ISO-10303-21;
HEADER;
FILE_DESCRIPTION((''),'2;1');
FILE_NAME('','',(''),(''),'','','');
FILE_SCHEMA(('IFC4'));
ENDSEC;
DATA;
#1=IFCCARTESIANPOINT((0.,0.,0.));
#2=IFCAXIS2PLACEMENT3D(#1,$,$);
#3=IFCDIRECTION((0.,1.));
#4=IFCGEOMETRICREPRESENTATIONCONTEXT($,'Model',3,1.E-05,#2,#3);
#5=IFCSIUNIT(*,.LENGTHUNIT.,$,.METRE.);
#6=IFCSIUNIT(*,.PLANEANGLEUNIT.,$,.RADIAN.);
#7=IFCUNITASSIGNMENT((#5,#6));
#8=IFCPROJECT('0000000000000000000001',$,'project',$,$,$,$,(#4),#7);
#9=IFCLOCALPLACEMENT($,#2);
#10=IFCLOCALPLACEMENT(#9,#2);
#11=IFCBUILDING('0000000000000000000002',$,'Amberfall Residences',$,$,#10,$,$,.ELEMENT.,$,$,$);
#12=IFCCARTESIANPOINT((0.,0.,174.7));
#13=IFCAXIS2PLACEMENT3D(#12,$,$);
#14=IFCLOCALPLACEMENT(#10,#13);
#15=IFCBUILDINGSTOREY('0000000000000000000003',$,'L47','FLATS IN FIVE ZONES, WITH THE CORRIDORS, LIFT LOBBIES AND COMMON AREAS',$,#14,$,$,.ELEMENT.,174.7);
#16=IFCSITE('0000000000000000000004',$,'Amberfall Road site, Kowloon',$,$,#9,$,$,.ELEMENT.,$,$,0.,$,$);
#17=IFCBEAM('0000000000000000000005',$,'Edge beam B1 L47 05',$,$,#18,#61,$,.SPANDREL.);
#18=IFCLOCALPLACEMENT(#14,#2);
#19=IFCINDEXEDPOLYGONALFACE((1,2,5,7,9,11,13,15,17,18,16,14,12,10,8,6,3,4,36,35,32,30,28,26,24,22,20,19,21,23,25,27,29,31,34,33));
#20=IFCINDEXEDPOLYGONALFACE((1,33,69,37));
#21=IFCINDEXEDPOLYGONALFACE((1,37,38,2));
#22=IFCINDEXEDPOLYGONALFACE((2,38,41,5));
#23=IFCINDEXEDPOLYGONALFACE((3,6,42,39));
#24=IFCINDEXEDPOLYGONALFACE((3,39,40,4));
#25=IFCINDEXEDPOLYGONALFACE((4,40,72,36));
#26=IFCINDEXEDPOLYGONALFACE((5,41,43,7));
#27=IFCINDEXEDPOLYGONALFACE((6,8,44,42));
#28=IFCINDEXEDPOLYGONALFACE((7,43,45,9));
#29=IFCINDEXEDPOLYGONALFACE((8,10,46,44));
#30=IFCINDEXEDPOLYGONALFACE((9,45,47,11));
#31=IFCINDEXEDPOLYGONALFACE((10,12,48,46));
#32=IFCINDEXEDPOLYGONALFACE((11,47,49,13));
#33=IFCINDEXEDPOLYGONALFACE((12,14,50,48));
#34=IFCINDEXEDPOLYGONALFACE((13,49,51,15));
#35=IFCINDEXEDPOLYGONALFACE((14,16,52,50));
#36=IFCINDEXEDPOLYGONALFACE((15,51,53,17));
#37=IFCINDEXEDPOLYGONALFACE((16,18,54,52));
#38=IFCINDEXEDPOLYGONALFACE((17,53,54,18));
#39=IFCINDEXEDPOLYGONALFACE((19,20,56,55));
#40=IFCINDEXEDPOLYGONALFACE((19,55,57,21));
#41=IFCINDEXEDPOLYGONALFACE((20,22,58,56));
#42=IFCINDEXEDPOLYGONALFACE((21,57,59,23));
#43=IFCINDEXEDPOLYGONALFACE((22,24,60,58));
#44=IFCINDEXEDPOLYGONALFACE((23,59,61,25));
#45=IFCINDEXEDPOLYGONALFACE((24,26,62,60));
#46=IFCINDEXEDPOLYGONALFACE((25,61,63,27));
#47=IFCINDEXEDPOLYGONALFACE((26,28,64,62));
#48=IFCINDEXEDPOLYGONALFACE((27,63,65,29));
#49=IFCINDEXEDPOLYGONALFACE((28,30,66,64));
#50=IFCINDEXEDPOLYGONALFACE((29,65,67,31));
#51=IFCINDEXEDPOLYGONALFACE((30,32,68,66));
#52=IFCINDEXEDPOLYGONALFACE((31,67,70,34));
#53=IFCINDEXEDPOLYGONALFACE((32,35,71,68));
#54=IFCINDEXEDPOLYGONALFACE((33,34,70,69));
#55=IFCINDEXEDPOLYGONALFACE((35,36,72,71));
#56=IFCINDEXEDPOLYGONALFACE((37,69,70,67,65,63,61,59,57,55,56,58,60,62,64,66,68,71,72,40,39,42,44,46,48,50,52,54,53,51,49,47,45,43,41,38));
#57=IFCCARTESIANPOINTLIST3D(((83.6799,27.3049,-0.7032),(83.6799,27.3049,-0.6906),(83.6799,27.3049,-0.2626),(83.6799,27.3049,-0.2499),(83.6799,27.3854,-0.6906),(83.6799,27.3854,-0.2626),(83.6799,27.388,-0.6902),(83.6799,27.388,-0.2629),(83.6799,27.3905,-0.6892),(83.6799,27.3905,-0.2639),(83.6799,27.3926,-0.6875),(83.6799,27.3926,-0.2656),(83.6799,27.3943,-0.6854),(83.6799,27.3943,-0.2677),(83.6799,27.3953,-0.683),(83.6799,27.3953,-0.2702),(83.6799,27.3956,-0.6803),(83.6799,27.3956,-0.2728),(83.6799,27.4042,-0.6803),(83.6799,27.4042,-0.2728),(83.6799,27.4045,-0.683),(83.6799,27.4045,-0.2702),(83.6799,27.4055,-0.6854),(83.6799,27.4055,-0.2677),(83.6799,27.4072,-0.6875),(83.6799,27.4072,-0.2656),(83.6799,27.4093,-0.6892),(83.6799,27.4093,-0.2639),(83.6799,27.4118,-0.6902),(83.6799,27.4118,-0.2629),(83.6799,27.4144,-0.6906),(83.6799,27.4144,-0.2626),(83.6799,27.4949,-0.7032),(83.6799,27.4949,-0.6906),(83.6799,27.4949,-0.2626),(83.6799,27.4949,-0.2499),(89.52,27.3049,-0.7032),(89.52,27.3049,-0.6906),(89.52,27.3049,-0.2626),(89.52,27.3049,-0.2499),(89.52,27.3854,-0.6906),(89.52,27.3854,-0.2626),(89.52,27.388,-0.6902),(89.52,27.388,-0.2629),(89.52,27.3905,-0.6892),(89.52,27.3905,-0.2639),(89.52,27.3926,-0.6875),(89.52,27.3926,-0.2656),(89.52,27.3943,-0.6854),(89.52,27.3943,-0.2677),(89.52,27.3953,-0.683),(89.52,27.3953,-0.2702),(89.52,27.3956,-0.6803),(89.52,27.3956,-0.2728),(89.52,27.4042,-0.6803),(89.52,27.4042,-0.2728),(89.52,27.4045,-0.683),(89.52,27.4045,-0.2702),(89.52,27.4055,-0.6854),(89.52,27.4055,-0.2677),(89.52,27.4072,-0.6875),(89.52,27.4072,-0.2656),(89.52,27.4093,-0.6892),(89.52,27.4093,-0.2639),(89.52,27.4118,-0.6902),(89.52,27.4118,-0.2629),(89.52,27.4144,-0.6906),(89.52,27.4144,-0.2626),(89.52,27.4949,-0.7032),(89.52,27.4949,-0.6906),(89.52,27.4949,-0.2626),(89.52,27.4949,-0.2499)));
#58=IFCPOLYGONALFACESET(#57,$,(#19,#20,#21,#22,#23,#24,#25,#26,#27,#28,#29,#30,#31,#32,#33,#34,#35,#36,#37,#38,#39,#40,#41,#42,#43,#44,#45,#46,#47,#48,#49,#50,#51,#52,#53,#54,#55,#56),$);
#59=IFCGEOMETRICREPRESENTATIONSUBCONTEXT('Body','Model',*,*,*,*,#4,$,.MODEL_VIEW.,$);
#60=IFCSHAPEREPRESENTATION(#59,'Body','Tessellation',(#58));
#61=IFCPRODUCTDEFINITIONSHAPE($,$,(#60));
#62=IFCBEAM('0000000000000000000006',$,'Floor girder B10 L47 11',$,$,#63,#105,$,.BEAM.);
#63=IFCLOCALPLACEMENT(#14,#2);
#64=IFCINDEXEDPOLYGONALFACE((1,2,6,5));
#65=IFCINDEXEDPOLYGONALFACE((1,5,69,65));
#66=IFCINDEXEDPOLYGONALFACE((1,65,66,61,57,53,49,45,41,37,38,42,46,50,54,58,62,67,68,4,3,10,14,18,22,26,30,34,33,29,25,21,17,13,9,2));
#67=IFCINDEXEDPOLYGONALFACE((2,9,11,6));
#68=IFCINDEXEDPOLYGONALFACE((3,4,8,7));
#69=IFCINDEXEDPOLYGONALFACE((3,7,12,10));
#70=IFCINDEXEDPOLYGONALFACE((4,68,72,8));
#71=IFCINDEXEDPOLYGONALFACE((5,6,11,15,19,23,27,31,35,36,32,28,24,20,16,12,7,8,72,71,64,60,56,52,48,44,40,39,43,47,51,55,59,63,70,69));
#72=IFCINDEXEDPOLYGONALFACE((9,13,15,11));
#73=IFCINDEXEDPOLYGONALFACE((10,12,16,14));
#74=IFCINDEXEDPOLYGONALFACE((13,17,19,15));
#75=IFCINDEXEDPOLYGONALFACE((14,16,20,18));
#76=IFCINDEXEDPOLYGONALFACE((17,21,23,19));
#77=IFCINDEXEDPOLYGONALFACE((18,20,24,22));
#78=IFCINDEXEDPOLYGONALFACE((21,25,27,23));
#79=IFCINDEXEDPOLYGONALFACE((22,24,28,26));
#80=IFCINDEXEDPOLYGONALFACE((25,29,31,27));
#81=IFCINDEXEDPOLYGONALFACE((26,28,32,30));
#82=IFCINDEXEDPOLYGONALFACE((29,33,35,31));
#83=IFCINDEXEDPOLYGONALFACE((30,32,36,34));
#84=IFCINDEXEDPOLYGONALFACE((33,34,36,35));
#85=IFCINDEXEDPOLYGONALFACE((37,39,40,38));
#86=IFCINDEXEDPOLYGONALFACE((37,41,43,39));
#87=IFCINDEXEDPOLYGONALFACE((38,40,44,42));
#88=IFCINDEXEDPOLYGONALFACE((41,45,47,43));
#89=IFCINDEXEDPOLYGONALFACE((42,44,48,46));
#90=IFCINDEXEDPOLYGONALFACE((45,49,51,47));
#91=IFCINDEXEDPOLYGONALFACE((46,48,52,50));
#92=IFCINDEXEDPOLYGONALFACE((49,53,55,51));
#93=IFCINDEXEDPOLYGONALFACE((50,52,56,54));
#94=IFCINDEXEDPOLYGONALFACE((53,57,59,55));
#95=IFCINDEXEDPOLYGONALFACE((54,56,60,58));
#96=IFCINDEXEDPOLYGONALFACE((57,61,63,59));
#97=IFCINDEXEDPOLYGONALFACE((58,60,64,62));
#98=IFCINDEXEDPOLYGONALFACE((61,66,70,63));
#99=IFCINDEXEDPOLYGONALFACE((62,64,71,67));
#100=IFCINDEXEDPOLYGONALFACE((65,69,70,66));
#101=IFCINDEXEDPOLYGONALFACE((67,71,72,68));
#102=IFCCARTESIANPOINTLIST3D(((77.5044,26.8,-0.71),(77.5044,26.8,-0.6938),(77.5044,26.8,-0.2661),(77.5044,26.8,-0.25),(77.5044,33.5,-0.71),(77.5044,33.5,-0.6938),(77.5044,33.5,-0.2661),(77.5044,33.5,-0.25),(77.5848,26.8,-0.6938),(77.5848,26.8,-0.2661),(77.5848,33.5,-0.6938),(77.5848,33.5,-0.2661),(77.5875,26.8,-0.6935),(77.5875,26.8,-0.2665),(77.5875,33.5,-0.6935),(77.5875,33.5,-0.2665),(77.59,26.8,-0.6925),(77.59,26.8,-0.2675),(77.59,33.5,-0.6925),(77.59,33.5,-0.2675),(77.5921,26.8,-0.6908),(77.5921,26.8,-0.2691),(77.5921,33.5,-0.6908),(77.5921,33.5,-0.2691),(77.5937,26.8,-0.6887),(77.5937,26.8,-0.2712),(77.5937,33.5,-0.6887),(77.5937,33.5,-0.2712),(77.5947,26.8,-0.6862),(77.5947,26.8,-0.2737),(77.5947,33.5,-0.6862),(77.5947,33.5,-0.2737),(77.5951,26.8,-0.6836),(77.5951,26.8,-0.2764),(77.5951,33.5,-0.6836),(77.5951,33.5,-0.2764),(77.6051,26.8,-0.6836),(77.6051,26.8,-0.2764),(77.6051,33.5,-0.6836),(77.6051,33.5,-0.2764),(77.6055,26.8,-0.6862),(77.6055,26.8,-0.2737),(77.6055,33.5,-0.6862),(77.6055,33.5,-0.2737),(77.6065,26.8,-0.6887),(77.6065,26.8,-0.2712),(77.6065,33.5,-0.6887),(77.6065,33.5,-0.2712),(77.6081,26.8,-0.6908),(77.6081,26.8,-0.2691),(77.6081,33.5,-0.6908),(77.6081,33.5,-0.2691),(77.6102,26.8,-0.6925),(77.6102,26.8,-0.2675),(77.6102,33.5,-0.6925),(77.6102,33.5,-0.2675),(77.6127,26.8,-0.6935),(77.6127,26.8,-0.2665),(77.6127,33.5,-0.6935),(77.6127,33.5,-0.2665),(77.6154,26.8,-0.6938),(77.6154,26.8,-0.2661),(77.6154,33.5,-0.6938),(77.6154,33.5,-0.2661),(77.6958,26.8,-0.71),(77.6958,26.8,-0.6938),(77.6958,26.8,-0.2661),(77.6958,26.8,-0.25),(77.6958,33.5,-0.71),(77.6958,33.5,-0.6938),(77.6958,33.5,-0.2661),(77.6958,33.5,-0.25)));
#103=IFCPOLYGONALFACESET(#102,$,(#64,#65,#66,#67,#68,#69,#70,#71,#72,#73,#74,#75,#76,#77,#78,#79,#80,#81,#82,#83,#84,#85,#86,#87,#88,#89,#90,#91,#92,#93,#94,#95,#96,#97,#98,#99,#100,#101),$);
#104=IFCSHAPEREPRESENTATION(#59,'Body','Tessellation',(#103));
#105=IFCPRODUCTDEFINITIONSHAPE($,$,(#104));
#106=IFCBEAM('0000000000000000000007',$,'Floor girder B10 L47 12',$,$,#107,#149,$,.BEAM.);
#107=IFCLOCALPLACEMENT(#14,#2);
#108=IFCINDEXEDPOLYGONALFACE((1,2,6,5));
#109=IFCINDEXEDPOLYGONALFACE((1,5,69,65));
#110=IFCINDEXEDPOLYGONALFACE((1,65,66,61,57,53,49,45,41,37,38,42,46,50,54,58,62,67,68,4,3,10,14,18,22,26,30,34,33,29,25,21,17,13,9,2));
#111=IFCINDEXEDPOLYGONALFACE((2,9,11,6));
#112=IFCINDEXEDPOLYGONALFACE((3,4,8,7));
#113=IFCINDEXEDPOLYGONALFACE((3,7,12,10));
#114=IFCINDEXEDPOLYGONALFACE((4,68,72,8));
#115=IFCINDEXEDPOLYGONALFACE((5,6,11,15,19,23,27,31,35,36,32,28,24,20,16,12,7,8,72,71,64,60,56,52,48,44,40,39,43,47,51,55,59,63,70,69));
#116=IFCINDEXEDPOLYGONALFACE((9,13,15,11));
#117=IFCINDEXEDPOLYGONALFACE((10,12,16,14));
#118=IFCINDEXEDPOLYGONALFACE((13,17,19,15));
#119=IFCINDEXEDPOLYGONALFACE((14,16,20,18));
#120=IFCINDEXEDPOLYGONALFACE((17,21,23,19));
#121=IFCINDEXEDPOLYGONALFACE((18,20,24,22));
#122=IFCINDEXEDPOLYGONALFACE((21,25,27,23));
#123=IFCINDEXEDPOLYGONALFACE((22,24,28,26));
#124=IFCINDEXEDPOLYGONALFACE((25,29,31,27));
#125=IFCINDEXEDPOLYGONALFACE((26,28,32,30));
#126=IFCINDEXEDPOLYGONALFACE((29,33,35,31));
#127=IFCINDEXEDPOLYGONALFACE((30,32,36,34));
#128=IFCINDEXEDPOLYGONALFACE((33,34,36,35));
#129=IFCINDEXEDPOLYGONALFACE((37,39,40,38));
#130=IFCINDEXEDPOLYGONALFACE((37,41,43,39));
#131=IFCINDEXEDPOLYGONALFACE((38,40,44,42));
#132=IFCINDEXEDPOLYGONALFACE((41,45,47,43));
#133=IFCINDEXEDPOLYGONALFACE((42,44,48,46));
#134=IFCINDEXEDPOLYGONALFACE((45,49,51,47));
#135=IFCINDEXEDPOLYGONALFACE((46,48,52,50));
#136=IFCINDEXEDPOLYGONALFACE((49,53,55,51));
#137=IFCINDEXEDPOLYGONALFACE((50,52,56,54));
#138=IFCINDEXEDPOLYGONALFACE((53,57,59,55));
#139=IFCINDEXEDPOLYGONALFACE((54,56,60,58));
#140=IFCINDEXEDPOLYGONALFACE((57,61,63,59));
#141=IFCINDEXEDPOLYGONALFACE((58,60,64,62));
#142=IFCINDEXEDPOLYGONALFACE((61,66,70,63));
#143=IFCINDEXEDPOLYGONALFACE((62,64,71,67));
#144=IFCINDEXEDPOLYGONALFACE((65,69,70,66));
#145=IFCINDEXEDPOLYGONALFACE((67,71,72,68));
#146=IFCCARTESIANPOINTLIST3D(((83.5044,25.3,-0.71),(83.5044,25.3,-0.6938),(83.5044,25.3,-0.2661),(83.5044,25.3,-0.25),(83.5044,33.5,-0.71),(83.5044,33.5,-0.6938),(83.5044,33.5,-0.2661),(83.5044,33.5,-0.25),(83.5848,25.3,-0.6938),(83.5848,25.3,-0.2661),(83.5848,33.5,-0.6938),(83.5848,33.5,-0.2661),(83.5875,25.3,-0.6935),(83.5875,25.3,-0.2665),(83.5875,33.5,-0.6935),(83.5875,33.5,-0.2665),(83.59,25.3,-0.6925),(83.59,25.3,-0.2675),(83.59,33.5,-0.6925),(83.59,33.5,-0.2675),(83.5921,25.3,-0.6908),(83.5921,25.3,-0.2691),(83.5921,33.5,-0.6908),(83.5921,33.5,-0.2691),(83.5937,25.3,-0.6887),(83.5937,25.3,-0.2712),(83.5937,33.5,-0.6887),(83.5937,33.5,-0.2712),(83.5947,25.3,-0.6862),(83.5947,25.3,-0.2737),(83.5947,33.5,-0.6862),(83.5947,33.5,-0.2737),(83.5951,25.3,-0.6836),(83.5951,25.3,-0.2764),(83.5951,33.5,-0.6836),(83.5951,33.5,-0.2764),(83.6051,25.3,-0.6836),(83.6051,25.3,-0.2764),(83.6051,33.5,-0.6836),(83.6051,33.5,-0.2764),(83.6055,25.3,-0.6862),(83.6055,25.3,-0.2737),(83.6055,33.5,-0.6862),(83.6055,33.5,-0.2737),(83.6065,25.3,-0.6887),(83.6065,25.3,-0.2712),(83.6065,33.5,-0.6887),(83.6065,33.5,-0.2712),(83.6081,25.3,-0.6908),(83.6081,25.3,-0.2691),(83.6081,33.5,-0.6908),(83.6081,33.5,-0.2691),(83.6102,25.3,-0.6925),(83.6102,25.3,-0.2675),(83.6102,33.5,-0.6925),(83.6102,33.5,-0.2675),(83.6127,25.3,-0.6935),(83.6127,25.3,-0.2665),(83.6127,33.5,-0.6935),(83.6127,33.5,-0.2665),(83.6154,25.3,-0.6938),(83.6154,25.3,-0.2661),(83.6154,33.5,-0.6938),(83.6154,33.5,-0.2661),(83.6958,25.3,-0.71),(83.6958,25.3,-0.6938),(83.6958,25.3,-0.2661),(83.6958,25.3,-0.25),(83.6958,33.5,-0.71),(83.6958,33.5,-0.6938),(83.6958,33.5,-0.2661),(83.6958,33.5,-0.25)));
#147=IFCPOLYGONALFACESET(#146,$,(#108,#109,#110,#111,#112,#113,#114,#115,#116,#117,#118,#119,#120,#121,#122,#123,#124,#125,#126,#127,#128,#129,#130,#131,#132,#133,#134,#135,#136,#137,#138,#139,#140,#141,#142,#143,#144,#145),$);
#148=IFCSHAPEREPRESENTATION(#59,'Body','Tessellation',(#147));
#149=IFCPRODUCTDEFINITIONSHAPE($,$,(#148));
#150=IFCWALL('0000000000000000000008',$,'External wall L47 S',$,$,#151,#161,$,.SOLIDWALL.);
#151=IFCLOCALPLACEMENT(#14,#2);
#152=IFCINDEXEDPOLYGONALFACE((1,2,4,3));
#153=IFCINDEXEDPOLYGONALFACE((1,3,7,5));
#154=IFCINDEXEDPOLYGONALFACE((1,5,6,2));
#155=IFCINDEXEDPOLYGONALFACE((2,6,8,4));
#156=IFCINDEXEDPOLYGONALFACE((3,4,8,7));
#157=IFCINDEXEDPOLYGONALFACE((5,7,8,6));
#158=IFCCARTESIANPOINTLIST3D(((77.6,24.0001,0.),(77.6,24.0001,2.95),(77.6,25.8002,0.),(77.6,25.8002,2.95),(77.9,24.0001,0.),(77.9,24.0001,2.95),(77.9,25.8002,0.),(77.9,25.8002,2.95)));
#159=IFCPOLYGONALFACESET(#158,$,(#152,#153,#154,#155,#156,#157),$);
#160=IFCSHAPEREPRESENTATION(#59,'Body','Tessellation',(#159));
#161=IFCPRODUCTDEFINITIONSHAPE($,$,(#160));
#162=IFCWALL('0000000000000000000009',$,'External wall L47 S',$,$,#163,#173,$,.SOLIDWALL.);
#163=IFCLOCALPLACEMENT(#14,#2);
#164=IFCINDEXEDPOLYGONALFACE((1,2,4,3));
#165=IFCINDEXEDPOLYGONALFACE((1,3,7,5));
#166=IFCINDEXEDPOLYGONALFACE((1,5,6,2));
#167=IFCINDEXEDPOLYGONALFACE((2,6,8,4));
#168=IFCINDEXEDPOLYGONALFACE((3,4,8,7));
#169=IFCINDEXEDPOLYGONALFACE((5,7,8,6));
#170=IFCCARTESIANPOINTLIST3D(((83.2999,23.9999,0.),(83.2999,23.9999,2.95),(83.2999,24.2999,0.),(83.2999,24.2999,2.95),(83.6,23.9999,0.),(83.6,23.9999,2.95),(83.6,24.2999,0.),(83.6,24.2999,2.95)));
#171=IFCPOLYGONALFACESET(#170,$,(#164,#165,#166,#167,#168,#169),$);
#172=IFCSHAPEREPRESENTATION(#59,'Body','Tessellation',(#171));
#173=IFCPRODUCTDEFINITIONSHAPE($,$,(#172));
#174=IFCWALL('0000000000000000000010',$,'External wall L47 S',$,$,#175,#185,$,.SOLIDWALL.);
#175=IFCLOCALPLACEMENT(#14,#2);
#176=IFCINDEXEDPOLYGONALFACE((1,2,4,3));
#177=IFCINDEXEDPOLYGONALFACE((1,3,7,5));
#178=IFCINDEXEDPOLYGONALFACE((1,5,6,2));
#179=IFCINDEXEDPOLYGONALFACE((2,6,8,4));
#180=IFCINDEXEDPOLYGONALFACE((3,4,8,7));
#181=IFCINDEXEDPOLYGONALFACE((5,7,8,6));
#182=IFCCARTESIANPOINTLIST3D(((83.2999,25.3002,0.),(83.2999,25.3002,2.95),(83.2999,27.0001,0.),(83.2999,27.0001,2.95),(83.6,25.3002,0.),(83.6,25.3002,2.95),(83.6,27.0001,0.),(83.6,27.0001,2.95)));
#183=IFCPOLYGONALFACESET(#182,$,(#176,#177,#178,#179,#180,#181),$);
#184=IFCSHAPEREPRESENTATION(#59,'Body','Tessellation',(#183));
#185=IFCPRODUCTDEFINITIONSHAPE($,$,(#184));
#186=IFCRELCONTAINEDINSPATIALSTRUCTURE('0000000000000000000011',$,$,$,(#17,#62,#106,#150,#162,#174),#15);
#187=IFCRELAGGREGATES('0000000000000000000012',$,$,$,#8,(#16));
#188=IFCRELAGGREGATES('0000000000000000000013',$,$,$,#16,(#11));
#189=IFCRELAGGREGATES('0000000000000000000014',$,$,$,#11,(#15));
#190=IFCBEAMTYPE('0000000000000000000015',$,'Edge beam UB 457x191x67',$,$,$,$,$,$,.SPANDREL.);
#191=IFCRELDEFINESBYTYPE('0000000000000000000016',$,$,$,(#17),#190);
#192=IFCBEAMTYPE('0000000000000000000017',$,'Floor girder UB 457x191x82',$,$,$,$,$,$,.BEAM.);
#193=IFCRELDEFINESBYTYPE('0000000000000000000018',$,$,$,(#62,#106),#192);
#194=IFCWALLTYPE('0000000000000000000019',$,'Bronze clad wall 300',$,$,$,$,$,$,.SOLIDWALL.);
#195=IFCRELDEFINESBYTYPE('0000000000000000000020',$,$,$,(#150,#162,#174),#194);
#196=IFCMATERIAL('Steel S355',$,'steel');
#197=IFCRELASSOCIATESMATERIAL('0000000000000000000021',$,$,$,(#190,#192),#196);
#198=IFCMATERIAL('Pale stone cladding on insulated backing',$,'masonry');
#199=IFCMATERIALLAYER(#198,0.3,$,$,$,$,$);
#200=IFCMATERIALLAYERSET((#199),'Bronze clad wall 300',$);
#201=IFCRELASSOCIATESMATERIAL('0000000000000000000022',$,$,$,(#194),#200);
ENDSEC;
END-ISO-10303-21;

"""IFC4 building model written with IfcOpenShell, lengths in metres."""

from ifc_helpers import new_model, si_unit, direction, frame, frame_2d, origin, origin_2d, place, context, subcontext, project, spatial, rectangle, i_section, extrude, material, layer, layer_set, material_profile, profile_set, type_object, element, save


model = new_model("IFC4")

# Units and contexts
model_context = context("Model", 3, precision=1e-05, world=origin(), true_north=direction((0.0, 1.0)))
body_context = subcontext(model_context, "Body", "Model", "MODEL_VIEW")
ifc_project = project(units=[si_unit("LENGTHUNIT", "METRE"), si_unit("PLANEANGLEUNIT", "RADIAN")], contexts=[model_context])

# Site, building, storey
site_placement = place(None, origin())
site = spatial("IfcSite", under=ifc_project, at=site_placement, Name="Amberfall Road site, Kowloon", CompositionType="ELEMENT", RefElevation=0.0)
building_placement = place(site_placement, origin())
building = spatial("IfcBuilding", under=site, at=building_placement, Name="Amberfall Residences", CompositionType="ELEMENT")
storey_placement = place(building_placement, frame((0.0, 0.0, 174.7)))
storey = spatial("IfcBuildingStorey", under=building, at=storey_placement, Name="L47", Description="FLATS IN FIVE ZONES, WITH THE CORRIDORS, LIFT LOBBIES AND COMMON AREAS", CompositionType="ELEMENT", Elevation=174.7)

# Beams
ifc_material_1 = material(Name="Steel S355", Category="steel")
ifc_material_profile_1 = material_profile(ifc_material_1, i_section(OverallWidth=0.1899, OverallDepth=0.4534, WebThickness=0.0085, FlangeThickness=0.0127, FilletRadius=0.0103, at=origin_2d()), Name="UB 457x191x67")
ifc_profile_set_1 = profile_set([ifc_material_profile_1], Name="Steel S355")
beam_type_1 = type_object("IfcBeamType", Name="Edge beam UB 457x191x67", PredefinedType="SPANDREL", material=ifc_profile_set_1)
beam_1_placement = place(storey_placement, frame((83.6799, 27.3999, -0.4766), z_axis=(1.0, 0.0, 0.0), x_axis=(0.0, 1.0, 0.0)))
element("IfcBeam", 1, at=beam_1_placement, inside=storey, type_object=beam_type_1, Name="Edge beam B1 L47 05", PredefinedType="SPANDREL", context=body_context, shape_type="SweptSolid", body=[
    extrude(i_section(OverallWidth=0.1899, OverallDepth=0.4534, WebThickness=0.0085, FlangeThickness=0.0127, FilletRadius=0.0103, at=origin_2d()), origin(), (0.0, 0.0, 1.0), 5.8401),
])
ifc_material_profile_2 = material_profile(ifc_material_1, i_section(OverallWidth=0.1914, OverallDepth=0.46, WebThickness=0.01, FlangeThickness=0.0161, FilletRadius=0.0103, at=origin_2d()), Name="UB 457x191x82")
ifc_profile_set_2 = profile_set([ifc_material_profile_2], Name="Steel S355")
beam_type_2 = type_object("IfcBeamType", Name="Floor girder UB 457x191x82", PredefinedType="BEAM", material=ifc_profile_set_2)
beam_2_placement = place(storey_placement, frame((77.6001, 26.8, -0.48), z_axis=(0.0, 1.0, 0.0), x_axis=(-1.0, 0.0, 0.0)))
element("IfcBeam", 2, at=beam_2_placement, inside=storey, type_object=beam_type_2, Name="Floor girder B10 L47 11", PredefinedType="BEAM", context=body_context, shape_type="SweptSolid", body=[
    extrude(i_section(OverallWidth=0.1914, OverallDepth=0.46, WebThickness=0.01, FlangeThickness=0.0161, FilletRadius=0.0103, at=origin_2d()), origin(), (0.0, 0.0, 1.0), 6.7),
])
beam_3_placement = place(storey_placement, frame((83.6001, 25.3, -0.48), z_axis=(0.0, 1.0, 0.0), x_axis=(-1.0, 0.0, 0.0)))
element("IfcBeam", 3, at=beam_3_placement, inside=storey, type_object=beam_type_2, Name="Floor girder B10 L47 12", PredefinedType="BEAM", context=body_context, shape_type="SweptSolid", body=[
    extrude(i_section(OverallWidth=0.1914, OverallDepth=0.46, WebThickness=0.01, FlangeThickness=0.0161, FilletRadius=0.0103, at=origin_2d()), origin(), (0.0, 0.0, 1.0), 8.2),
])

# Walls
ifc_material_2 = material(Name="Pale stone cladding on insulated backing", Category="masonry")
ifc_layer_1 = layer(ifc_material_2, 0.3)
ifc_layer_set_1 = layer_set([ifc_layer_1], Name="Bronze clad wall 300")
wall_type_1 = type_object("IfcWallType", Name="Bronze clad wall 300", PredefinedType="SOLIDWALL", material=ifc_layer_set_1)
wall_1_placement = place(storey_placement, frame((77.75, 25.8, 0.0), z_axis=(0.0, 0.0, 1.0), x_axis=(0.0, -1.0, 0.0)))
element("IfcWall", 4, at=wall_1_placement, inside=storey, type_object=wall_type_1, Name="External wall L47 S", PredefinedType="SOLIDWALL", context=body_context, shape_type="SweptSolid", body=[
    extrude(rectangle(XDim=1.8, YDim=0.3, at=frame_2d((0.8999, 0.0))), origin(), (0.0, 0.0, 1.0), 2.95),
])
wall_2_placement = place(storey_placement, frame((83.45, 24.0, 0.0), z_axis=(0.0, 0.0, 1.0), x_axis=(0.0, 1.0, 0.0)))
element("IfcWall", 5, at=wall_2_placement, inside=storey, type_object=wall_type_1, Name="External wall L47 S", PredefinedType="SOLIDWALL", context=body_context, shape_type="SweptSolid", body=[
    extrude(rectangle(XDim=0.3, YDim=0.3, at=frame_2d((0.1499, 0.0))), origin(), (0.0, 0.0, 1.0), 2.95),
])
wall_3_placement = place(storey_placement, frame((83.45, 25.3, 0.0), z_axis=(0.0, 0.0, 1.0), x_axis=(0.0, 1.0, 0.0)))
element("IfcWall", 6, at=wall_3_placement, inside=storey, type_object=wall_type_1, Name="External wall L47 S", PredefinedType="SOLIDWALL", context=body_context, shape_type="SweptSolid", body=[
    extrude(rectangle(XDim=1.7, YDim=0.3, at=frame_2d((0.8501, 0.0))), origin(), (0.0, 0.0, 1.0), 2.95),
])

save(model, "model.ifc")
